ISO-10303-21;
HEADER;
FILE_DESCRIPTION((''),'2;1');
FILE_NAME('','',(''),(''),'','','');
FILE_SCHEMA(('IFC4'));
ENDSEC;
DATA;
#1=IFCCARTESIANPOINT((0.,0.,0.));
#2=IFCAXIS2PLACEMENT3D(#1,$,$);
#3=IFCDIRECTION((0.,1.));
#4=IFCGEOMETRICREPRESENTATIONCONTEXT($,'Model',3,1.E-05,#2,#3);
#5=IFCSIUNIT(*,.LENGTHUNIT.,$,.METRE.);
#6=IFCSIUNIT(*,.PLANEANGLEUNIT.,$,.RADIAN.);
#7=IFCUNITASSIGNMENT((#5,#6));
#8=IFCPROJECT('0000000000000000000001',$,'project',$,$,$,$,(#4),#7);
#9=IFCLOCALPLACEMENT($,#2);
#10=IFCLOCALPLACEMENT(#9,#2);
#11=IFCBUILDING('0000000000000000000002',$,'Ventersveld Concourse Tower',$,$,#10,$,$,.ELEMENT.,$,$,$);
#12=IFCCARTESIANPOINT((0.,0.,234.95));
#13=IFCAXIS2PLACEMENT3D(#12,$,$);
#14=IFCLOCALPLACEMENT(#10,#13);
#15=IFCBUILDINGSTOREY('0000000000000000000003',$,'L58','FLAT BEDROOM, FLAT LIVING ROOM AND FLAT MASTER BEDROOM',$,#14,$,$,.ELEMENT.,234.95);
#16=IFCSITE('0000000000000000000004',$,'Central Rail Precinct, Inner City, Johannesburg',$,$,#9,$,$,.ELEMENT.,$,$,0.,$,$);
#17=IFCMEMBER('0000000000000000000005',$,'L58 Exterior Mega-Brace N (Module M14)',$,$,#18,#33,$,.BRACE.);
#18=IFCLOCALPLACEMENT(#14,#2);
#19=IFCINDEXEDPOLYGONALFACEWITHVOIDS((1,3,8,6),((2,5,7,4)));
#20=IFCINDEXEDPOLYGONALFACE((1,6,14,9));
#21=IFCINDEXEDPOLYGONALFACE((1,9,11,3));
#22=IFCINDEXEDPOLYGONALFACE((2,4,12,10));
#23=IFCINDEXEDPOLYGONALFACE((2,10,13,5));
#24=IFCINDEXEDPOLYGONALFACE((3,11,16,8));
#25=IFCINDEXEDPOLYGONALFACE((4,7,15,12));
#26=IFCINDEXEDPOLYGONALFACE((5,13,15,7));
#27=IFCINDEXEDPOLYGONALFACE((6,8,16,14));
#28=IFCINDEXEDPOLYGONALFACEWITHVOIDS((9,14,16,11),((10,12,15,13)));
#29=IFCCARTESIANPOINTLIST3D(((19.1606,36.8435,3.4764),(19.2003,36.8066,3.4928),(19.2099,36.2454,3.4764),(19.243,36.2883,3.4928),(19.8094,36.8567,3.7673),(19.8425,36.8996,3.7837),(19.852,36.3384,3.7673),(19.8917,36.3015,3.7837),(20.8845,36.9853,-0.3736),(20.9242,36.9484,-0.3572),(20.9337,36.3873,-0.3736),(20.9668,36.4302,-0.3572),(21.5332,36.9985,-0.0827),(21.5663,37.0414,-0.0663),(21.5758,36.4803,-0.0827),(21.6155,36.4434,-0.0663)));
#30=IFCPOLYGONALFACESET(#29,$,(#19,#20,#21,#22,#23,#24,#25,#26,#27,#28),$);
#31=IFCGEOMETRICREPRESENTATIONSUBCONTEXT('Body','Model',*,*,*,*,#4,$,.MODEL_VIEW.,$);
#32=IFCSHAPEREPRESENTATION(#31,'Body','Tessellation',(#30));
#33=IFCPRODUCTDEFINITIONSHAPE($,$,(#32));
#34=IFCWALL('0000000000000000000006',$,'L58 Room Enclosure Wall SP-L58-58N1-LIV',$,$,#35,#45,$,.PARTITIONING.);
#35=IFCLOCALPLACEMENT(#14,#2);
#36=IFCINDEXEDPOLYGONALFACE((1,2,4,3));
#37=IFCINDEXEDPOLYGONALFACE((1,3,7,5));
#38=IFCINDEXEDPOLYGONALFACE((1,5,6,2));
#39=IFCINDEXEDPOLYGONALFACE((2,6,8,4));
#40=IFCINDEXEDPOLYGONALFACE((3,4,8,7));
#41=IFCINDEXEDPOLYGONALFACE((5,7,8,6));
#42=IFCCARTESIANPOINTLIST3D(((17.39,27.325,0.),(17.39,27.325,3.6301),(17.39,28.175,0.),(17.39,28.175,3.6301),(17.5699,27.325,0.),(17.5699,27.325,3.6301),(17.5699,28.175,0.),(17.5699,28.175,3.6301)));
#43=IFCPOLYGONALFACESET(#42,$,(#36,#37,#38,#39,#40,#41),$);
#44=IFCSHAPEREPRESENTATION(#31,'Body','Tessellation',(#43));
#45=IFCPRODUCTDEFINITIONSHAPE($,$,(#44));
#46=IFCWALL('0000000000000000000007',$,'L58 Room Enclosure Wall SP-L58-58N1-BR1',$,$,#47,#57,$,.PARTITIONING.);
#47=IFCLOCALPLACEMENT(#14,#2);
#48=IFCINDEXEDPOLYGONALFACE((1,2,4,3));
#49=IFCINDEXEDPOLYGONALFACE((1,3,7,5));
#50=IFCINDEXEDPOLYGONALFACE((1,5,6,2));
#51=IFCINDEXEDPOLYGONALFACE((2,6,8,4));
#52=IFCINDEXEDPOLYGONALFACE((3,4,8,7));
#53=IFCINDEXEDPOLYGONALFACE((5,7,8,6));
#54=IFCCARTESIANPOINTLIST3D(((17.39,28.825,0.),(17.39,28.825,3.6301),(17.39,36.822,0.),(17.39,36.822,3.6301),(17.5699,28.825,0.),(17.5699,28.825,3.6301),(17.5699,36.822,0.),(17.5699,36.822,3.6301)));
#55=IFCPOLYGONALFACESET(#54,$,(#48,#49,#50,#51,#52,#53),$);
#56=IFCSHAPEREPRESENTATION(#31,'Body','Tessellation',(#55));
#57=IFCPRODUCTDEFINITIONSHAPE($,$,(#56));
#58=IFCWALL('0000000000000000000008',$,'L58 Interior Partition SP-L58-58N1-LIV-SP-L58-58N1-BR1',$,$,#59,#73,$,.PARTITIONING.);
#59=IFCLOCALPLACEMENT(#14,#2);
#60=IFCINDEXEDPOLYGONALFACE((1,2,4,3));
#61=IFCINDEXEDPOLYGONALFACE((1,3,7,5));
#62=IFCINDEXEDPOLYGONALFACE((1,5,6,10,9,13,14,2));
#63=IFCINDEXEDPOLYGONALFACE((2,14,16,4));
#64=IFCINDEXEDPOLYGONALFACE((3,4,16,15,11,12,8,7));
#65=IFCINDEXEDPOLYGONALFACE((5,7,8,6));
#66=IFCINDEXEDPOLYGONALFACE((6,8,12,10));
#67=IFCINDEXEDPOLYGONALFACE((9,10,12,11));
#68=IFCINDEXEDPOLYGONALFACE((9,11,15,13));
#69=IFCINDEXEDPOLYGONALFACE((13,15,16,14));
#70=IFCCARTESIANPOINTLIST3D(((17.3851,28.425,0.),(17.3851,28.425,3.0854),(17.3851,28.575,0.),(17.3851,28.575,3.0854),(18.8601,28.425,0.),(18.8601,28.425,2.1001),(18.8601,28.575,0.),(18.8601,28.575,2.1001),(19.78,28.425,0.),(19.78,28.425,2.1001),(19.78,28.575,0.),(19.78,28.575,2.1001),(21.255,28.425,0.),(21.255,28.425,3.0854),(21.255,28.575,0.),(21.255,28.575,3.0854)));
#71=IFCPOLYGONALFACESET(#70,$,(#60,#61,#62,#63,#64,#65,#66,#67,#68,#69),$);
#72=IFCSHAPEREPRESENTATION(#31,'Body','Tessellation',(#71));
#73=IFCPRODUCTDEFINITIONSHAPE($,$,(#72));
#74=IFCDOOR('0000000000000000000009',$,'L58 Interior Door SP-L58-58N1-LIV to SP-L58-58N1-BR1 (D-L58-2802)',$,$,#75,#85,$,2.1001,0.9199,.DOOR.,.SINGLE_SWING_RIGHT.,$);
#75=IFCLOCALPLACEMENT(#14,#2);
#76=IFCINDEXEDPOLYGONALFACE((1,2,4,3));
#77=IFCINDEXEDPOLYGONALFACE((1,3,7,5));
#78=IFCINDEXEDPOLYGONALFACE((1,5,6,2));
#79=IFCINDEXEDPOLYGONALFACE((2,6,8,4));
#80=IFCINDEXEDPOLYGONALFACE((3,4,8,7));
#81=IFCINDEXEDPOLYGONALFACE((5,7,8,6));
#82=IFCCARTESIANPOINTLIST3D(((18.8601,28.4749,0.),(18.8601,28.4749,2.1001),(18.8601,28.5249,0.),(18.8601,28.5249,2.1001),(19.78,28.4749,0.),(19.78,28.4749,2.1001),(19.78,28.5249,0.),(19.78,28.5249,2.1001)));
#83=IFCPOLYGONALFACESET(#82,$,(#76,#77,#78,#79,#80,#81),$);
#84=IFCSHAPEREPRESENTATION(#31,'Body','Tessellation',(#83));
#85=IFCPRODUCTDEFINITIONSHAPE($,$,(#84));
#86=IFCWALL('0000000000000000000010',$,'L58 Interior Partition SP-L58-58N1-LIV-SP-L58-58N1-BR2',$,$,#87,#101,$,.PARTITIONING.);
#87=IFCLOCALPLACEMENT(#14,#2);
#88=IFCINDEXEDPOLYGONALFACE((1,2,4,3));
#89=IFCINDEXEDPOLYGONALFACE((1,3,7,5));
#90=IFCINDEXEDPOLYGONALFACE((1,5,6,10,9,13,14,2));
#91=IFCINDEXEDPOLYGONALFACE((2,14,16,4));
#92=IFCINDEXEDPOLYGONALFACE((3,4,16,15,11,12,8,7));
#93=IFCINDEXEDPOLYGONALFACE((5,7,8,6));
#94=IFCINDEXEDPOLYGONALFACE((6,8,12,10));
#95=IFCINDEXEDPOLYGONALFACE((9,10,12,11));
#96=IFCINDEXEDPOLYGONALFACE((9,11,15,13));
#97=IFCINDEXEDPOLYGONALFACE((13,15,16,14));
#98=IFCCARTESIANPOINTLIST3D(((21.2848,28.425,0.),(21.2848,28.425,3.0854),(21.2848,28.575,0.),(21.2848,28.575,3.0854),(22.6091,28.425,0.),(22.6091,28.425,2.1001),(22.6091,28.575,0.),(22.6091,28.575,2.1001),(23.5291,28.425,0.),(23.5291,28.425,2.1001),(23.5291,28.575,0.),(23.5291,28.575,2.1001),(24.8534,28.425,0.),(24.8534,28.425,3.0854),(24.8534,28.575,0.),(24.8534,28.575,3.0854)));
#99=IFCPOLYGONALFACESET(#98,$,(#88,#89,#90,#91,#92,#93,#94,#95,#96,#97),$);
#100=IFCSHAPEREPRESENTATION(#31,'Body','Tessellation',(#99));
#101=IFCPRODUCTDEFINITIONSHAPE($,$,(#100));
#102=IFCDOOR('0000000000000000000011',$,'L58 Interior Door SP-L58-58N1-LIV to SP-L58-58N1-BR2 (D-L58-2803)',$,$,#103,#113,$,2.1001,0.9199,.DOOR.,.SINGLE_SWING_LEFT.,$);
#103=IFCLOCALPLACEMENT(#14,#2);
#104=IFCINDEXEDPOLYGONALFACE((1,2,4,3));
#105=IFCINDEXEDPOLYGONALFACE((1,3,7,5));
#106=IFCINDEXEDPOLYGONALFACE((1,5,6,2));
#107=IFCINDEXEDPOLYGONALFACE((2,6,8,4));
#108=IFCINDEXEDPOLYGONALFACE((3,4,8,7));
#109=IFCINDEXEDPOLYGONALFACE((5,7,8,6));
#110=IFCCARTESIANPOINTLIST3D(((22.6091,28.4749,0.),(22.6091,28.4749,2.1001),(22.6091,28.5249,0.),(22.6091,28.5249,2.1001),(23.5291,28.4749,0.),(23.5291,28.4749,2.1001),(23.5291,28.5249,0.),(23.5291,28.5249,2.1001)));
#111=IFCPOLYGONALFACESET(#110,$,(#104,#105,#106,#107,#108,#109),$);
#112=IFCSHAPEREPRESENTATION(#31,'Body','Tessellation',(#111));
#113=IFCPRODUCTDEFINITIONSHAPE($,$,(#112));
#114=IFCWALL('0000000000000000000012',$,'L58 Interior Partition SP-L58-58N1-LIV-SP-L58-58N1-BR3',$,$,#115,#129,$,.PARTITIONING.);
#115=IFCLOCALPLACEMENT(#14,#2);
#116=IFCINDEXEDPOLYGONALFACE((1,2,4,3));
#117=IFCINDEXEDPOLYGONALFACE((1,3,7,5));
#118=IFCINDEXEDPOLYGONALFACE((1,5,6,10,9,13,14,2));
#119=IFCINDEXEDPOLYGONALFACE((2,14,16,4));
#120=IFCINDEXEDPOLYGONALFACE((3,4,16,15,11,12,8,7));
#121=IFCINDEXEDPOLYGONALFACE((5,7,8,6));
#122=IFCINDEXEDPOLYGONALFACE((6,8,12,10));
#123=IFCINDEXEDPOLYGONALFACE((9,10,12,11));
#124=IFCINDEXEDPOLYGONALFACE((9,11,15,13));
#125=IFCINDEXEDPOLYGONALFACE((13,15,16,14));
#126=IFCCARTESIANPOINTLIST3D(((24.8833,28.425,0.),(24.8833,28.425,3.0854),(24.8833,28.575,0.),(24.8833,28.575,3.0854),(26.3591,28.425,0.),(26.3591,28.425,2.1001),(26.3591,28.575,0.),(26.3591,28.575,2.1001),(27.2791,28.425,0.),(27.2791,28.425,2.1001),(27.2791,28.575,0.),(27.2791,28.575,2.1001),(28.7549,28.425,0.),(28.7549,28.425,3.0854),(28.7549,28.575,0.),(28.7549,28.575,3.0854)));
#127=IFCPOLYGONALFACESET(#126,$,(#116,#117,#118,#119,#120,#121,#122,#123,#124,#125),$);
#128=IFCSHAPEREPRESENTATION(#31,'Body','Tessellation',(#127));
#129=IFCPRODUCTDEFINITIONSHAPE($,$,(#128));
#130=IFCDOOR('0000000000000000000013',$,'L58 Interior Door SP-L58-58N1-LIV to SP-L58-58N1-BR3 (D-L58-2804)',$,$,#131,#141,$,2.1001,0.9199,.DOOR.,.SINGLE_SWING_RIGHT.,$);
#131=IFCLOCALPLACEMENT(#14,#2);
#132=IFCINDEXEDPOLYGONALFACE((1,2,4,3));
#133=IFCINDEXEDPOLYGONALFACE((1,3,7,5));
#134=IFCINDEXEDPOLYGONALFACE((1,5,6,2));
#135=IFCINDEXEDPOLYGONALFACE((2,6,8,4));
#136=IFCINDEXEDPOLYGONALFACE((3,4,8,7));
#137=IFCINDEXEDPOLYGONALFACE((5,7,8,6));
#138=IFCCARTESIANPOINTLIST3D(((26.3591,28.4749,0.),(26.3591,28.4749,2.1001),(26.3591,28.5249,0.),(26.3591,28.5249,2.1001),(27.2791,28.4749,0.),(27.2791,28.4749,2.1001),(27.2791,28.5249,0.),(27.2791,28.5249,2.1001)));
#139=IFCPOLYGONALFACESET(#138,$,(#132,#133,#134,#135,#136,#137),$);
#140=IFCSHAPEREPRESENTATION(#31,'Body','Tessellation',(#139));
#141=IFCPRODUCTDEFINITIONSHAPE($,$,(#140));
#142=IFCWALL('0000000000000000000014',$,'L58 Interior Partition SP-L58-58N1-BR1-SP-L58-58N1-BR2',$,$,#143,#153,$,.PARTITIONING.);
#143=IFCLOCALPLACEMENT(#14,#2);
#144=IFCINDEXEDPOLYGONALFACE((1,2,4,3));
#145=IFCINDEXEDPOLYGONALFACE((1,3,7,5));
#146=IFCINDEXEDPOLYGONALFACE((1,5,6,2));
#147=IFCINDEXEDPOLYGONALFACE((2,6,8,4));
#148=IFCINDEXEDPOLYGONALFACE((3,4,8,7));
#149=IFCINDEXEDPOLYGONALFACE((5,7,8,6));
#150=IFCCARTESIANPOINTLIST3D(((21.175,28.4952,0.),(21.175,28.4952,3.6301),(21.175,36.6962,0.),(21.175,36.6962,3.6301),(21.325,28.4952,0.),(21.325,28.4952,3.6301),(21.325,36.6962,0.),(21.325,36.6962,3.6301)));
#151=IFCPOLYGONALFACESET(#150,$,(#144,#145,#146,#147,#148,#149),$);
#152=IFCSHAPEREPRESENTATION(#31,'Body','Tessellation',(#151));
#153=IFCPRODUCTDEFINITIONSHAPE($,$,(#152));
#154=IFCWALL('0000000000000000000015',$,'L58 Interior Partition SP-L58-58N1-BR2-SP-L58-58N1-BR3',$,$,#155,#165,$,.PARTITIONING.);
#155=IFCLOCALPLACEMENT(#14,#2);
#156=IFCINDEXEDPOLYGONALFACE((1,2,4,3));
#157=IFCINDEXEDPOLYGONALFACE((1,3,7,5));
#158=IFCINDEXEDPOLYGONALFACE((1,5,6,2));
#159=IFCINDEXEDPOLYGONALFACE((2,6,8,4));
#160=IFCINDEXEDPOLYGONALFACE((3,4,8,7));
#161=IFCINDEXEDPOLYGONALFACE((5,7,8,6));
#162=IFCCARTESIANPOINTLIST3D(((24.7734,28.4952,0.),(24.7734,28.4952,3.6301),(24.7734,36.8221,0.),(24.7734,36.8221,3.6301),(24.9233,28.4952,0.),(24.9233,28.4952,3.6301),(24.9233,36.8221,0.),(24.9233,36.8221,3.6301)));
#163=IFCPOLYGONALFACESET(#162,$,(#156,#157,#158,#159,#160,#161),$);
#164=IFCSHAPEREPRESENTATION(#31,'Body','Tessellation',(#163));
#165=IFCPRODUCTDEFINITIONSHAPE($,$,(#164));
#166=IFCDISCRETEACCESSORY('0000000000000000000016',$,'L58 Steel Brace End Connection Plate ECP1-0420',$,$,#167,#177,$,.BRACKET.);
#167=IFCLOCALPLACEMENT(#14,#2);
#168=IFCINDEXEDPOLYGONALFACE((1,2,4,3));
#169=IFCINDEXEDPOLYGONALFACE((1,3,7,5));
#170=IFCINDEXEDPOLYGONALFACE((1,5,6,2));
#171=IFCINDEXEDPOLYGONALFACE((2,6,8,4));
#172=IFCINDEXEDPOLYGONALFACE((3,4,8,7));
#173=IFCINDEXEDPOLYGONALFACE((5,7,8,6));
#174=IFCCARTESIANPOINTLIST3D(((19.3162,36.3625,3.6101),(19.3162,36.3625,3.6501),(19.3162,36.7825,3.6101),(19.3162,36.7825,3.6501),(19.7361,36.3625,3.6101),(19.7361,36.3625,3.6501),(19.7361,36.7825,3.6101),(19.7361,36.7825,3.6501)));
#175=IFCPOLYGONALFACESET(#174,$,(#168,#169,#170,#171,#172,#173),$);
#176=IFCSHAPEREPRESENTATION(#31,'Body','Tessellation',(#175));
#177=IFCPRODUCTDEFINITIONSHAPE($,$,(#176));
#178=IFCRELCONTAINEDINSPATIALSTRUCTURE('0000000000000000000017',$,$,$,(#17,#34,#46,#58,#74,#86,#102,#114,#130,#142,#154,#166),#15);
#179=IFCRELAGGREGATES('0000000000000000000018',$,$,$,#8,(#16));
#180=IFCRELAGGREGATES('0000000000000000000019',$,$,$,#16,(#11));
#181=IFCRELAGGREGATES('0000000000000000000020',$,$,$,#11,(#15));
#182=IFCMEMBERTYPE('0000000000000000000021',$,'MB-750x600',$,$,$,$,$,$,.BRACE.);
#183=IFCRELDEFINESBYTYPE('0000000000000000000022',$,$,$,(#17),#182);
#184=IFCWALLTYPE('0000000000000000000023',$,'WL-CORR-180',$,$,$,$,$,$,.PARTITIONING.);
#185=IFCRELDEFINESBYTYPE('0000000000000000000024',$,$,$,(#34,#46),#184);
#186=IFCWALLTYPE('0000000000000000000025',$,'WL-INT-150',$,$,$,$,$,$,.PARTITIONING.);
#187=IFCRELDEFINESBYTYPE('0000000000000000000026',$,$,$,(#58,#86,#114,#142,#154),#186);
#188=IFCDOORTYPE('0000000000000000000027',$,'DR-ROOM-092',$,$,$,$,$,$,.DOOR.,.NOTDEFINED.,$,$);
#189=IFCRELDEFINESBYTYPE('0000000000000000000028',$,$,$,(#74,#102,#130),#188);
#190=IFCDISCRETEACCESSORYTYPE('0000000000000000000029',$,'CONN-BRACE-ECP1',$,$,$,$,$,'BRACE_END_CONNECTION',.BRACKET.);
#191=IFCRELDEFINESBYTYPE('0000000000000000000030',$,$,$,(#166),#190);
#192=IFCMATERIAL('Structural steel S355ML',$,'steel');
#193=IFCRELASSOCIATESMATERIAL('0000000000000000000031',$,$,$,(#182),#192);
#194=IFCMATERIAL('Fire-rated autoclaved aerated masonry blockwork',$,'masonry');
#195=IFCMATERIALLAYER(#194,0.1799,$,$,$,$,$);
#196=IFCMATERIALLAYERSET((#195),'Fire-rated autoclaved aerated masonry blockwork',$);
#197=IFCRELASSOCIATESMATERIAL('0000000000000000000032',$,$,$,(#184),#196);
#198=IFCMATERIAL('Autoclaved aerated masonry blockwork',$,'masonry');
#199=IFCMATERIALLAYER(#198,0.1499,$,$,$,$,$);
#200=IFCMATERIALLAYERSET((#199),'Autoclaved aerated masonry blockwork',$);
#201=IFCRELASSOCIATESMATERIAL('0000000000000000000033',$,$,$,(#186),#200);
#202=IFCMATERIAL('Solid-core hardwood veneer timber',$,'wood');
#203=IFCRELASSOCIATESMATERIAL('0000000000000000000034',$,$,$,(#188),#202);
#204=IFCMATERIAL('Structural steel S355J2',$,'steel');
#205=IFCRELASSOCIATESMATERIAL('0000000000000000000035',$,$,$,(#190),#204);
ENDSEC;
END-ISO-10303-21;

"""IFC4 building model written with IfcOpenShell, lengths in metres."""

from ifc_helpers import new_model, si_unit, direction, frame, frame_2d, origin, origin_2d, place, context, subcontext, project, spatial, rectangle, hollow_rectangle, extrude, material, layer, layer_set, material_profile, profile_set, type_object, element, fill, save


model = new_model("IFC4")

# Units and contexts
model_context = context("Model", 3, precision=1e-05, world=origin(), true_north=direction((0.0, 1.0)))
body_context = subcontext(model_context, "Body", "Model", "MODEL_VIEW")
ifc_project = project(units=[si_unit("LENGTHUNIT", "METRE"), si_unit("PLANEANGLEUNIT", "RADIAN")], contexts=[model_context])

# Site, building, storey
site_placement = place(None, origin())
site = spatial("IfcSite", under=ifc_project, at=site_placement, Name="Central Rail Precinct, Inner City, Johannesburg", CompositionType="ELEMENT", RefElevation=0.0)
building_placement = place(site_placement, origin())
building = spatial("IfcBuilding", under=site, at=building_placement, Name="Ventersveld Concourse Tower", CompositionType="ELEMENT")
storey_placement = place(building_placement, frame((0.0, 0.0, 234.95)))
storey = spatial("IfcBuildingStorey", under=building, at=storey_placement, Name="L58", Description="FLAT BEDROOM, FLAT LIVING ROOM AND FLAT MASTER BEDROOM", CompositionType="ELEMENT", Elevation=234.95)

# Shared definitions
ifc_material_1 = material(Name="Structural steel S355J2", Category="steel")

# Member
ifc_material_2 = material(Name="Structural steel S355ML", Category="steel")
ifc_material_profile_1 = material_profile(ifc_material_2, hollow_rectangle(XDim=0.6001, YDim=0.75, WallThickness=0.04, at=origin_2d()), Name="BOX 750x600x40")
ifc_profile_set_1 = profile_set([ifc_material_profile_1], Name="Structural steel S355ML")
member_type = type_object("IfcMemberType", Name="MB-750x600", PredefinedType="BRACE", material=ifc_profile_set_1)
member_placement = place(storey_placement, frame((21.25, 36.7144, -0.22), z_axis=(-0.408425, -0.033606, 0.912173), x_axis=(0.082006, -0.996632, 0.0)))
element("IfcMember", 1, at=member_placement, inside=storey, type_object=member_type, Name="L58 Exterior Mega-Brace N (Module M14)", PredefinedType="BRACE", context=body_context, shape_type="SweptSolid", body=[
    extrude(hollow_rectangle(XDim=0.6001, YDim=0.75, WallThickness=0.04, at=origin_2d()), origin(), (0.0, 0.0, 1.0), 4.2207),
])

# Walls
ifc_material_3 = material(Name="Fire-rated autoclaved aerated masonry blockwork", Category="masonry")
ifc_layer_1 = layer(ifc_material_3, 0.1799)
ifc_layer_set_1 = layer_set([ifc_layer_1], Name="Fire-rated autoclaved aerated masonry blockwork")
wall_type_1 = type_object("IfcWallType", Name="WL-CORR-180", PredefinedType="PARTITIONING", material=ifc_layer_set_1)
wall_1_placement = place(storey_placement, frame((17.48, 27.325, 0.0), z_axis=(0.0, 0.0, 1.0), x_axis=(0.0, 1.0, 0.0)))
element("IfcWall", 2, at=wall_1_placement, inside=storey, type_object=wall_type_1, Name="L58 Room Enclosure Wall SP-L58-58N1-LIV", PredefinedType="PARTITIONING", context=body_context, shape_type="SweptSolid", body=[
    extrude(rectangle(XDim=0.8501, YDim=0.1799, at=frame_2d((0.425, 0.0))), origin(), (0.0, 0.0, 1.0), 3.6301),
])
wall_2_placement = place(storey_placement, frame((17.48, 28.825, 0.0), z_axis=(0.0, 0.0, 1.0), x_axis=(0.0, 1.0, 0.0)))
element("IfcWall", 3, at=wall_2_placement, inside=storey, type_object=wall_type_1, Name="L58 Room Enclosure Wall SP-L58-58N1-BR1", PredefinedType="PARTITIONING", context=body_context, shape_type="SweptSolid", body=[
    extrude(rectangle(XDim=7.9971, YDim=0.1799, at=frame_2d((3.9985, 0.0))), origin(), (0.0, 0.0, 1.0), 3.6301),
])

# Walls, openings, doors
ifc_material_4 = material(Name="Autoclaved aerated masonry blockwork", Category="masonry")
ifc_layer_2 = layer(ifc_material_4, 0.1499)
ifc_layer_set_2 = layer_set([ifc_layer_2], Name="Autoclaved aerated masonry blockwork")
wall_type_2 = type_object("IfcWallType", Name="WL-INT-150", PredefinedType="PARTITIONING", material=ifc_layer_set_2)
wall_3_placement = place(storey_placement, frame((17.385, 28.5, 0.0), z_axis=(0.0, 0.0, 1.0), x_axis=(1.0, 0.0, 0.0)))
wall_3 = element("IfcWall", 4, at=wall_3_placement, inside=storey, type_object=wall_type_2, Name="L58 Interior Partition SP-L58-58N1-LIV-SP-L58-58N1-BR1", PredefinedType="PARTITIONING", context=body_context, shape_type="SweptSolid", body=[
    extrude(rectangle(XDim=3.8699, YDim=0.1499, at=frame_2d((1.9351, 0.0))), origin(), (0.0, 0.0, 1.0), 3.0854),
])
opening_1_placement = place(wall_3_placement, frame((1.4751, 0.0, 0.0)))
opening_1 = element("IfcOpeningElement", 5, at=opening_1_placement, cuts=wall_3, PredefinedType="OPENING", context=body_context, shape_type="SweptSolid", body=[
    extrude(rectangle(XDim=0.9199, YDim=2.1001, at=frame_2d((0.46, 1.05))), frame((0.0, 0.085, 0.0), z_axis=(0.0, -1.0, 0.0), x_axis=(1.0, 0.0, 0.0)), (0.0, 0.0, 1.0), 0.1699),
])
ifc_material_5 = material(Name="Solid-core hardwood veneer timber", Category="wood")
door_type = type_object("IfcDoorType", Name="DR-ROOM-092", OperationType="NOTDEFINED", PredefinedType="DOOR", material=ifc_material_5)
door_1_placement = place(opening_1_placement, origin())
door_1 = element("IfcDoor", 6, at=door_1_placement, inside=storey, type_object=door_type, Name="L58 Interior Door SP-L58-58N1-LIV to SP-L58-58N1-BR1 (D-L58-2802)", OperationType="SINGLE_SWING_RIGHT", OverallHeight=2.1001, OverallWidth=0.9199, PredefinedType="DOOR", context=body_context, shape_type="SweptSolid", body=[
    extrude(rectangle(XDim=0.9199, YDim=2.1001, at=frame_2d((0.46, 1.05))), frame((0.0, 0.0249, 0.0), z_axis=(0.0, -1.0, 0.0), x_axis=(1.0, 0.0, 0.0)), (0.0, 0.0, 1.0), 0.05),
])
fill(opening_1, door_1)
wall_4_placement = place(storey_placement, frame((21.2849, 28.5, 0.0), z_axis=(0.0, 0.0, 1.0), x_axis=(1.0, 0.0, 0.0)))
wall_4 = element("IfcWall", 7, at=wall_4_placement, inside=storey, type_object=wall_type_2, Name="L58 Interior Partition SP-L58-58N1-LIV-SP-L58-58N1-BR2", PredefinedType="PARTITIONING", context=body_context, shape_type="SweptSolid", body=[
    extrude(rectangle(XDim=3.5686, YDim=0.1499, at=frame_2d((1.7842, 0.0))), origin(), (0.0, 0.0, 1.0), 3.0854),
])
opening_2_placement = place(wall_4_placement, frame((1.3242, 0.0, 0.0)))
opening_2 = element("IfcOpeningElement", 8, at=opening_2_placement, cuts=wall_4, PredefinedType="OPENING", context=body_context, shape_type="SweptSolid", body=[
    extrude(rectangle(XDim=0.9199, YDim=2.1001, at=frame_2d((0.46, 1.05))), frame((0.0, 0.085, 0.0), z_axis=(0.0, -1.0, 0.0), x_axis=(1.0, 0.0, 0.0)), (0.0, 0.0, 1.0), 0.1699),
])
door_2_placement = place(opening_2_placement, origin())
door_2 = element("IfcDoor", 9, at=door_2_placement, inside=storey, type_object=door_type, Name="L58 Interior Door SP-L58-58N1-LIV to SP-L58-58N1-BR2 (D-L58-2803)", OperationType="SINGLE_SWING_LEFT", OverallHeight=2.1001, OverallWidth=0.9199, PredefinedType="DOOR", context=body_context, shape_type="SweptSolid", body=[
    extrude(rectangle(XDim=0.9199, YDim=2.1001, at=frame_2d((0.46, 1.05))), frame((0.0, 0.0249, 0.0), z_axis=(0.0, -1.0, 0.0), x_axis=(1.0, 0.0, 0.0)), (0.0, 0.0, 1.0), 0.05),
])
fill(opening_2, door_2)
wall_5_placement = place(storey_placement, frame((24.8833, 28.5, 0.0), z_axis=(0.0, 0.0, 1.0), x_axis=(1.0, 0.0, 0.0)))
wall_5 = element("IfcWall", 10, at=wall_5_placement, inside=storey, type_object=wall_type_2, Name="L58 Interior Partition SP-L58-58N1-LIV-SP-L58-58N1-BR3", PredefinedType="PARTITIONING", context=body_context, shape_type="SweptSolid", body=[
    extrude(rectangle(XDim=3.8716, YDim=0.1499, at=frame_2d((1.9358, 0.0))), origin(), (0.0, 0.0, 1.0), 3.0854),
])
opening_3_placement = place(wall_5_placement, frame((1.4758, 0.0, 0.0)))
opening_3 = element("IfcOpeningElement", 11, at=opening_3_placement, cuts=wall_5, PredefinedType="OPENING", context=body_context, shape_type="SweptSolid", body=[
    extrude(rectangle(XDim=0.9199, YDim=2.1001, at=frame_2d((0.46, 1.05))), frame((0.0, 0.085, 0.0), z_axis=(0.0, -1.0, 0.0), x_axis=(1.0, 0.0, 0.0)), (0.0, 0.0, 1.0), 0.1699),
])
door_3_placement = place(opening_3_placement, origin())
door_3 = element("IfcDoor", 12, at=door_3_placement, inside=storey, type_object=door_type, Name="L58 Interior Door SP-L58-58N1-LIV to SP-L58-58N1-BR3 (D-L58-2804)", OperationType="SINGLE_SWING_RIGHT", OverallHeight=2.1001, OverallWidth=0.9199, PredefinedType="DOOR", context=body_context, shape_type="SweptSolid", body=[
    extrude(rectangle(XDim=0.9199, YDim=2.1001, at=frame_2d((0.46, 1.05))), frame((0.0, 0.0249, 0.0), z_axis=(0.0, -1.0, 0.0), x_axis=(1.0, 0.0, 0.0)), (0.0, 0.0, 1.0), 0.05),
])
fill(opening_3, door_3)

# Walls
wall_6_placement = place(storey_placement, frame((21.25, 28.4951, 0.0), z_axis=(0.0, 0.0, 1.0), x_axis=(0.0, 1.0, 0.0)))
element("IfcWall", 13, at=wall_6_placement, inside=storey, type_object=wall_type_2, Name="L58 Interior Partition SP-L58-58N1-BR1-SP-L58-58N1-BR2", PredefinedType="PARTITIONING", context=body_context, shape_type="SweptSolid", body=[
    extrude(rectangle(XDim=8.2009, YDim=0.1499, at=frame_2d((4.1006, 0.0))), origin(), (0.0, 0.0, 1.0), 3.6301),
])
wall_7_placement = place(storey_placement, frame((24.8484, 28.4951, 0.0), z_axis=(0.0, 0.0, 1.0), x_axis=(0.0, 1.0, 0.0)))
element("IfcWall", 14, at=wall_7_placement, inside=storey, type_object=wall_type_2, Name="L58 Interior Partition SP-L58-58N1-BR2-SP-L58-58N1-BR3", PredefinedType="PARTITIONING", context=body_context, shape_type="SweptSolid", body=[
    extrude(rectangle(XDim=8.3269, YDim=0.1499, at=frame_2d((4.1636, 0.0))), origin(), (0.0, 0.0, 1.0), 3.6301),
])

# Discrete accessory
discrete_accessory_type = type_object("IfcDiscreteAccessoryType", Name="CONN-BRACE-ECP1", ElementType="BRACE_END_CONNECTION", PredefinedType="BRACKET", material=ifc_material_1)
discrete_accessory_placement = place(storey_placement, frame((19.5261, 36.5725, 3.6101), z_axis=(0.0, 0.0, 1.0), x_axis=(1.0, 0.0, 0.0)))
element("IfcDiscreteAccessory", 15, at=discrete_accessory_placement, inside=storey, type_object=discrete_accessory_type, Name="L58 Steel Brace End Connection Plate ECP1-0420", PredefinedType="BRACKET", context=body_context, shape_type="SweptSolid", body=[
    extrude(rectangle(XDim=0.4199, YDim=0.4199, at=origin_2d()), origin(), (0.0, 0.0, 1.0), 0.04),
])

save(model, "model.ifc")
